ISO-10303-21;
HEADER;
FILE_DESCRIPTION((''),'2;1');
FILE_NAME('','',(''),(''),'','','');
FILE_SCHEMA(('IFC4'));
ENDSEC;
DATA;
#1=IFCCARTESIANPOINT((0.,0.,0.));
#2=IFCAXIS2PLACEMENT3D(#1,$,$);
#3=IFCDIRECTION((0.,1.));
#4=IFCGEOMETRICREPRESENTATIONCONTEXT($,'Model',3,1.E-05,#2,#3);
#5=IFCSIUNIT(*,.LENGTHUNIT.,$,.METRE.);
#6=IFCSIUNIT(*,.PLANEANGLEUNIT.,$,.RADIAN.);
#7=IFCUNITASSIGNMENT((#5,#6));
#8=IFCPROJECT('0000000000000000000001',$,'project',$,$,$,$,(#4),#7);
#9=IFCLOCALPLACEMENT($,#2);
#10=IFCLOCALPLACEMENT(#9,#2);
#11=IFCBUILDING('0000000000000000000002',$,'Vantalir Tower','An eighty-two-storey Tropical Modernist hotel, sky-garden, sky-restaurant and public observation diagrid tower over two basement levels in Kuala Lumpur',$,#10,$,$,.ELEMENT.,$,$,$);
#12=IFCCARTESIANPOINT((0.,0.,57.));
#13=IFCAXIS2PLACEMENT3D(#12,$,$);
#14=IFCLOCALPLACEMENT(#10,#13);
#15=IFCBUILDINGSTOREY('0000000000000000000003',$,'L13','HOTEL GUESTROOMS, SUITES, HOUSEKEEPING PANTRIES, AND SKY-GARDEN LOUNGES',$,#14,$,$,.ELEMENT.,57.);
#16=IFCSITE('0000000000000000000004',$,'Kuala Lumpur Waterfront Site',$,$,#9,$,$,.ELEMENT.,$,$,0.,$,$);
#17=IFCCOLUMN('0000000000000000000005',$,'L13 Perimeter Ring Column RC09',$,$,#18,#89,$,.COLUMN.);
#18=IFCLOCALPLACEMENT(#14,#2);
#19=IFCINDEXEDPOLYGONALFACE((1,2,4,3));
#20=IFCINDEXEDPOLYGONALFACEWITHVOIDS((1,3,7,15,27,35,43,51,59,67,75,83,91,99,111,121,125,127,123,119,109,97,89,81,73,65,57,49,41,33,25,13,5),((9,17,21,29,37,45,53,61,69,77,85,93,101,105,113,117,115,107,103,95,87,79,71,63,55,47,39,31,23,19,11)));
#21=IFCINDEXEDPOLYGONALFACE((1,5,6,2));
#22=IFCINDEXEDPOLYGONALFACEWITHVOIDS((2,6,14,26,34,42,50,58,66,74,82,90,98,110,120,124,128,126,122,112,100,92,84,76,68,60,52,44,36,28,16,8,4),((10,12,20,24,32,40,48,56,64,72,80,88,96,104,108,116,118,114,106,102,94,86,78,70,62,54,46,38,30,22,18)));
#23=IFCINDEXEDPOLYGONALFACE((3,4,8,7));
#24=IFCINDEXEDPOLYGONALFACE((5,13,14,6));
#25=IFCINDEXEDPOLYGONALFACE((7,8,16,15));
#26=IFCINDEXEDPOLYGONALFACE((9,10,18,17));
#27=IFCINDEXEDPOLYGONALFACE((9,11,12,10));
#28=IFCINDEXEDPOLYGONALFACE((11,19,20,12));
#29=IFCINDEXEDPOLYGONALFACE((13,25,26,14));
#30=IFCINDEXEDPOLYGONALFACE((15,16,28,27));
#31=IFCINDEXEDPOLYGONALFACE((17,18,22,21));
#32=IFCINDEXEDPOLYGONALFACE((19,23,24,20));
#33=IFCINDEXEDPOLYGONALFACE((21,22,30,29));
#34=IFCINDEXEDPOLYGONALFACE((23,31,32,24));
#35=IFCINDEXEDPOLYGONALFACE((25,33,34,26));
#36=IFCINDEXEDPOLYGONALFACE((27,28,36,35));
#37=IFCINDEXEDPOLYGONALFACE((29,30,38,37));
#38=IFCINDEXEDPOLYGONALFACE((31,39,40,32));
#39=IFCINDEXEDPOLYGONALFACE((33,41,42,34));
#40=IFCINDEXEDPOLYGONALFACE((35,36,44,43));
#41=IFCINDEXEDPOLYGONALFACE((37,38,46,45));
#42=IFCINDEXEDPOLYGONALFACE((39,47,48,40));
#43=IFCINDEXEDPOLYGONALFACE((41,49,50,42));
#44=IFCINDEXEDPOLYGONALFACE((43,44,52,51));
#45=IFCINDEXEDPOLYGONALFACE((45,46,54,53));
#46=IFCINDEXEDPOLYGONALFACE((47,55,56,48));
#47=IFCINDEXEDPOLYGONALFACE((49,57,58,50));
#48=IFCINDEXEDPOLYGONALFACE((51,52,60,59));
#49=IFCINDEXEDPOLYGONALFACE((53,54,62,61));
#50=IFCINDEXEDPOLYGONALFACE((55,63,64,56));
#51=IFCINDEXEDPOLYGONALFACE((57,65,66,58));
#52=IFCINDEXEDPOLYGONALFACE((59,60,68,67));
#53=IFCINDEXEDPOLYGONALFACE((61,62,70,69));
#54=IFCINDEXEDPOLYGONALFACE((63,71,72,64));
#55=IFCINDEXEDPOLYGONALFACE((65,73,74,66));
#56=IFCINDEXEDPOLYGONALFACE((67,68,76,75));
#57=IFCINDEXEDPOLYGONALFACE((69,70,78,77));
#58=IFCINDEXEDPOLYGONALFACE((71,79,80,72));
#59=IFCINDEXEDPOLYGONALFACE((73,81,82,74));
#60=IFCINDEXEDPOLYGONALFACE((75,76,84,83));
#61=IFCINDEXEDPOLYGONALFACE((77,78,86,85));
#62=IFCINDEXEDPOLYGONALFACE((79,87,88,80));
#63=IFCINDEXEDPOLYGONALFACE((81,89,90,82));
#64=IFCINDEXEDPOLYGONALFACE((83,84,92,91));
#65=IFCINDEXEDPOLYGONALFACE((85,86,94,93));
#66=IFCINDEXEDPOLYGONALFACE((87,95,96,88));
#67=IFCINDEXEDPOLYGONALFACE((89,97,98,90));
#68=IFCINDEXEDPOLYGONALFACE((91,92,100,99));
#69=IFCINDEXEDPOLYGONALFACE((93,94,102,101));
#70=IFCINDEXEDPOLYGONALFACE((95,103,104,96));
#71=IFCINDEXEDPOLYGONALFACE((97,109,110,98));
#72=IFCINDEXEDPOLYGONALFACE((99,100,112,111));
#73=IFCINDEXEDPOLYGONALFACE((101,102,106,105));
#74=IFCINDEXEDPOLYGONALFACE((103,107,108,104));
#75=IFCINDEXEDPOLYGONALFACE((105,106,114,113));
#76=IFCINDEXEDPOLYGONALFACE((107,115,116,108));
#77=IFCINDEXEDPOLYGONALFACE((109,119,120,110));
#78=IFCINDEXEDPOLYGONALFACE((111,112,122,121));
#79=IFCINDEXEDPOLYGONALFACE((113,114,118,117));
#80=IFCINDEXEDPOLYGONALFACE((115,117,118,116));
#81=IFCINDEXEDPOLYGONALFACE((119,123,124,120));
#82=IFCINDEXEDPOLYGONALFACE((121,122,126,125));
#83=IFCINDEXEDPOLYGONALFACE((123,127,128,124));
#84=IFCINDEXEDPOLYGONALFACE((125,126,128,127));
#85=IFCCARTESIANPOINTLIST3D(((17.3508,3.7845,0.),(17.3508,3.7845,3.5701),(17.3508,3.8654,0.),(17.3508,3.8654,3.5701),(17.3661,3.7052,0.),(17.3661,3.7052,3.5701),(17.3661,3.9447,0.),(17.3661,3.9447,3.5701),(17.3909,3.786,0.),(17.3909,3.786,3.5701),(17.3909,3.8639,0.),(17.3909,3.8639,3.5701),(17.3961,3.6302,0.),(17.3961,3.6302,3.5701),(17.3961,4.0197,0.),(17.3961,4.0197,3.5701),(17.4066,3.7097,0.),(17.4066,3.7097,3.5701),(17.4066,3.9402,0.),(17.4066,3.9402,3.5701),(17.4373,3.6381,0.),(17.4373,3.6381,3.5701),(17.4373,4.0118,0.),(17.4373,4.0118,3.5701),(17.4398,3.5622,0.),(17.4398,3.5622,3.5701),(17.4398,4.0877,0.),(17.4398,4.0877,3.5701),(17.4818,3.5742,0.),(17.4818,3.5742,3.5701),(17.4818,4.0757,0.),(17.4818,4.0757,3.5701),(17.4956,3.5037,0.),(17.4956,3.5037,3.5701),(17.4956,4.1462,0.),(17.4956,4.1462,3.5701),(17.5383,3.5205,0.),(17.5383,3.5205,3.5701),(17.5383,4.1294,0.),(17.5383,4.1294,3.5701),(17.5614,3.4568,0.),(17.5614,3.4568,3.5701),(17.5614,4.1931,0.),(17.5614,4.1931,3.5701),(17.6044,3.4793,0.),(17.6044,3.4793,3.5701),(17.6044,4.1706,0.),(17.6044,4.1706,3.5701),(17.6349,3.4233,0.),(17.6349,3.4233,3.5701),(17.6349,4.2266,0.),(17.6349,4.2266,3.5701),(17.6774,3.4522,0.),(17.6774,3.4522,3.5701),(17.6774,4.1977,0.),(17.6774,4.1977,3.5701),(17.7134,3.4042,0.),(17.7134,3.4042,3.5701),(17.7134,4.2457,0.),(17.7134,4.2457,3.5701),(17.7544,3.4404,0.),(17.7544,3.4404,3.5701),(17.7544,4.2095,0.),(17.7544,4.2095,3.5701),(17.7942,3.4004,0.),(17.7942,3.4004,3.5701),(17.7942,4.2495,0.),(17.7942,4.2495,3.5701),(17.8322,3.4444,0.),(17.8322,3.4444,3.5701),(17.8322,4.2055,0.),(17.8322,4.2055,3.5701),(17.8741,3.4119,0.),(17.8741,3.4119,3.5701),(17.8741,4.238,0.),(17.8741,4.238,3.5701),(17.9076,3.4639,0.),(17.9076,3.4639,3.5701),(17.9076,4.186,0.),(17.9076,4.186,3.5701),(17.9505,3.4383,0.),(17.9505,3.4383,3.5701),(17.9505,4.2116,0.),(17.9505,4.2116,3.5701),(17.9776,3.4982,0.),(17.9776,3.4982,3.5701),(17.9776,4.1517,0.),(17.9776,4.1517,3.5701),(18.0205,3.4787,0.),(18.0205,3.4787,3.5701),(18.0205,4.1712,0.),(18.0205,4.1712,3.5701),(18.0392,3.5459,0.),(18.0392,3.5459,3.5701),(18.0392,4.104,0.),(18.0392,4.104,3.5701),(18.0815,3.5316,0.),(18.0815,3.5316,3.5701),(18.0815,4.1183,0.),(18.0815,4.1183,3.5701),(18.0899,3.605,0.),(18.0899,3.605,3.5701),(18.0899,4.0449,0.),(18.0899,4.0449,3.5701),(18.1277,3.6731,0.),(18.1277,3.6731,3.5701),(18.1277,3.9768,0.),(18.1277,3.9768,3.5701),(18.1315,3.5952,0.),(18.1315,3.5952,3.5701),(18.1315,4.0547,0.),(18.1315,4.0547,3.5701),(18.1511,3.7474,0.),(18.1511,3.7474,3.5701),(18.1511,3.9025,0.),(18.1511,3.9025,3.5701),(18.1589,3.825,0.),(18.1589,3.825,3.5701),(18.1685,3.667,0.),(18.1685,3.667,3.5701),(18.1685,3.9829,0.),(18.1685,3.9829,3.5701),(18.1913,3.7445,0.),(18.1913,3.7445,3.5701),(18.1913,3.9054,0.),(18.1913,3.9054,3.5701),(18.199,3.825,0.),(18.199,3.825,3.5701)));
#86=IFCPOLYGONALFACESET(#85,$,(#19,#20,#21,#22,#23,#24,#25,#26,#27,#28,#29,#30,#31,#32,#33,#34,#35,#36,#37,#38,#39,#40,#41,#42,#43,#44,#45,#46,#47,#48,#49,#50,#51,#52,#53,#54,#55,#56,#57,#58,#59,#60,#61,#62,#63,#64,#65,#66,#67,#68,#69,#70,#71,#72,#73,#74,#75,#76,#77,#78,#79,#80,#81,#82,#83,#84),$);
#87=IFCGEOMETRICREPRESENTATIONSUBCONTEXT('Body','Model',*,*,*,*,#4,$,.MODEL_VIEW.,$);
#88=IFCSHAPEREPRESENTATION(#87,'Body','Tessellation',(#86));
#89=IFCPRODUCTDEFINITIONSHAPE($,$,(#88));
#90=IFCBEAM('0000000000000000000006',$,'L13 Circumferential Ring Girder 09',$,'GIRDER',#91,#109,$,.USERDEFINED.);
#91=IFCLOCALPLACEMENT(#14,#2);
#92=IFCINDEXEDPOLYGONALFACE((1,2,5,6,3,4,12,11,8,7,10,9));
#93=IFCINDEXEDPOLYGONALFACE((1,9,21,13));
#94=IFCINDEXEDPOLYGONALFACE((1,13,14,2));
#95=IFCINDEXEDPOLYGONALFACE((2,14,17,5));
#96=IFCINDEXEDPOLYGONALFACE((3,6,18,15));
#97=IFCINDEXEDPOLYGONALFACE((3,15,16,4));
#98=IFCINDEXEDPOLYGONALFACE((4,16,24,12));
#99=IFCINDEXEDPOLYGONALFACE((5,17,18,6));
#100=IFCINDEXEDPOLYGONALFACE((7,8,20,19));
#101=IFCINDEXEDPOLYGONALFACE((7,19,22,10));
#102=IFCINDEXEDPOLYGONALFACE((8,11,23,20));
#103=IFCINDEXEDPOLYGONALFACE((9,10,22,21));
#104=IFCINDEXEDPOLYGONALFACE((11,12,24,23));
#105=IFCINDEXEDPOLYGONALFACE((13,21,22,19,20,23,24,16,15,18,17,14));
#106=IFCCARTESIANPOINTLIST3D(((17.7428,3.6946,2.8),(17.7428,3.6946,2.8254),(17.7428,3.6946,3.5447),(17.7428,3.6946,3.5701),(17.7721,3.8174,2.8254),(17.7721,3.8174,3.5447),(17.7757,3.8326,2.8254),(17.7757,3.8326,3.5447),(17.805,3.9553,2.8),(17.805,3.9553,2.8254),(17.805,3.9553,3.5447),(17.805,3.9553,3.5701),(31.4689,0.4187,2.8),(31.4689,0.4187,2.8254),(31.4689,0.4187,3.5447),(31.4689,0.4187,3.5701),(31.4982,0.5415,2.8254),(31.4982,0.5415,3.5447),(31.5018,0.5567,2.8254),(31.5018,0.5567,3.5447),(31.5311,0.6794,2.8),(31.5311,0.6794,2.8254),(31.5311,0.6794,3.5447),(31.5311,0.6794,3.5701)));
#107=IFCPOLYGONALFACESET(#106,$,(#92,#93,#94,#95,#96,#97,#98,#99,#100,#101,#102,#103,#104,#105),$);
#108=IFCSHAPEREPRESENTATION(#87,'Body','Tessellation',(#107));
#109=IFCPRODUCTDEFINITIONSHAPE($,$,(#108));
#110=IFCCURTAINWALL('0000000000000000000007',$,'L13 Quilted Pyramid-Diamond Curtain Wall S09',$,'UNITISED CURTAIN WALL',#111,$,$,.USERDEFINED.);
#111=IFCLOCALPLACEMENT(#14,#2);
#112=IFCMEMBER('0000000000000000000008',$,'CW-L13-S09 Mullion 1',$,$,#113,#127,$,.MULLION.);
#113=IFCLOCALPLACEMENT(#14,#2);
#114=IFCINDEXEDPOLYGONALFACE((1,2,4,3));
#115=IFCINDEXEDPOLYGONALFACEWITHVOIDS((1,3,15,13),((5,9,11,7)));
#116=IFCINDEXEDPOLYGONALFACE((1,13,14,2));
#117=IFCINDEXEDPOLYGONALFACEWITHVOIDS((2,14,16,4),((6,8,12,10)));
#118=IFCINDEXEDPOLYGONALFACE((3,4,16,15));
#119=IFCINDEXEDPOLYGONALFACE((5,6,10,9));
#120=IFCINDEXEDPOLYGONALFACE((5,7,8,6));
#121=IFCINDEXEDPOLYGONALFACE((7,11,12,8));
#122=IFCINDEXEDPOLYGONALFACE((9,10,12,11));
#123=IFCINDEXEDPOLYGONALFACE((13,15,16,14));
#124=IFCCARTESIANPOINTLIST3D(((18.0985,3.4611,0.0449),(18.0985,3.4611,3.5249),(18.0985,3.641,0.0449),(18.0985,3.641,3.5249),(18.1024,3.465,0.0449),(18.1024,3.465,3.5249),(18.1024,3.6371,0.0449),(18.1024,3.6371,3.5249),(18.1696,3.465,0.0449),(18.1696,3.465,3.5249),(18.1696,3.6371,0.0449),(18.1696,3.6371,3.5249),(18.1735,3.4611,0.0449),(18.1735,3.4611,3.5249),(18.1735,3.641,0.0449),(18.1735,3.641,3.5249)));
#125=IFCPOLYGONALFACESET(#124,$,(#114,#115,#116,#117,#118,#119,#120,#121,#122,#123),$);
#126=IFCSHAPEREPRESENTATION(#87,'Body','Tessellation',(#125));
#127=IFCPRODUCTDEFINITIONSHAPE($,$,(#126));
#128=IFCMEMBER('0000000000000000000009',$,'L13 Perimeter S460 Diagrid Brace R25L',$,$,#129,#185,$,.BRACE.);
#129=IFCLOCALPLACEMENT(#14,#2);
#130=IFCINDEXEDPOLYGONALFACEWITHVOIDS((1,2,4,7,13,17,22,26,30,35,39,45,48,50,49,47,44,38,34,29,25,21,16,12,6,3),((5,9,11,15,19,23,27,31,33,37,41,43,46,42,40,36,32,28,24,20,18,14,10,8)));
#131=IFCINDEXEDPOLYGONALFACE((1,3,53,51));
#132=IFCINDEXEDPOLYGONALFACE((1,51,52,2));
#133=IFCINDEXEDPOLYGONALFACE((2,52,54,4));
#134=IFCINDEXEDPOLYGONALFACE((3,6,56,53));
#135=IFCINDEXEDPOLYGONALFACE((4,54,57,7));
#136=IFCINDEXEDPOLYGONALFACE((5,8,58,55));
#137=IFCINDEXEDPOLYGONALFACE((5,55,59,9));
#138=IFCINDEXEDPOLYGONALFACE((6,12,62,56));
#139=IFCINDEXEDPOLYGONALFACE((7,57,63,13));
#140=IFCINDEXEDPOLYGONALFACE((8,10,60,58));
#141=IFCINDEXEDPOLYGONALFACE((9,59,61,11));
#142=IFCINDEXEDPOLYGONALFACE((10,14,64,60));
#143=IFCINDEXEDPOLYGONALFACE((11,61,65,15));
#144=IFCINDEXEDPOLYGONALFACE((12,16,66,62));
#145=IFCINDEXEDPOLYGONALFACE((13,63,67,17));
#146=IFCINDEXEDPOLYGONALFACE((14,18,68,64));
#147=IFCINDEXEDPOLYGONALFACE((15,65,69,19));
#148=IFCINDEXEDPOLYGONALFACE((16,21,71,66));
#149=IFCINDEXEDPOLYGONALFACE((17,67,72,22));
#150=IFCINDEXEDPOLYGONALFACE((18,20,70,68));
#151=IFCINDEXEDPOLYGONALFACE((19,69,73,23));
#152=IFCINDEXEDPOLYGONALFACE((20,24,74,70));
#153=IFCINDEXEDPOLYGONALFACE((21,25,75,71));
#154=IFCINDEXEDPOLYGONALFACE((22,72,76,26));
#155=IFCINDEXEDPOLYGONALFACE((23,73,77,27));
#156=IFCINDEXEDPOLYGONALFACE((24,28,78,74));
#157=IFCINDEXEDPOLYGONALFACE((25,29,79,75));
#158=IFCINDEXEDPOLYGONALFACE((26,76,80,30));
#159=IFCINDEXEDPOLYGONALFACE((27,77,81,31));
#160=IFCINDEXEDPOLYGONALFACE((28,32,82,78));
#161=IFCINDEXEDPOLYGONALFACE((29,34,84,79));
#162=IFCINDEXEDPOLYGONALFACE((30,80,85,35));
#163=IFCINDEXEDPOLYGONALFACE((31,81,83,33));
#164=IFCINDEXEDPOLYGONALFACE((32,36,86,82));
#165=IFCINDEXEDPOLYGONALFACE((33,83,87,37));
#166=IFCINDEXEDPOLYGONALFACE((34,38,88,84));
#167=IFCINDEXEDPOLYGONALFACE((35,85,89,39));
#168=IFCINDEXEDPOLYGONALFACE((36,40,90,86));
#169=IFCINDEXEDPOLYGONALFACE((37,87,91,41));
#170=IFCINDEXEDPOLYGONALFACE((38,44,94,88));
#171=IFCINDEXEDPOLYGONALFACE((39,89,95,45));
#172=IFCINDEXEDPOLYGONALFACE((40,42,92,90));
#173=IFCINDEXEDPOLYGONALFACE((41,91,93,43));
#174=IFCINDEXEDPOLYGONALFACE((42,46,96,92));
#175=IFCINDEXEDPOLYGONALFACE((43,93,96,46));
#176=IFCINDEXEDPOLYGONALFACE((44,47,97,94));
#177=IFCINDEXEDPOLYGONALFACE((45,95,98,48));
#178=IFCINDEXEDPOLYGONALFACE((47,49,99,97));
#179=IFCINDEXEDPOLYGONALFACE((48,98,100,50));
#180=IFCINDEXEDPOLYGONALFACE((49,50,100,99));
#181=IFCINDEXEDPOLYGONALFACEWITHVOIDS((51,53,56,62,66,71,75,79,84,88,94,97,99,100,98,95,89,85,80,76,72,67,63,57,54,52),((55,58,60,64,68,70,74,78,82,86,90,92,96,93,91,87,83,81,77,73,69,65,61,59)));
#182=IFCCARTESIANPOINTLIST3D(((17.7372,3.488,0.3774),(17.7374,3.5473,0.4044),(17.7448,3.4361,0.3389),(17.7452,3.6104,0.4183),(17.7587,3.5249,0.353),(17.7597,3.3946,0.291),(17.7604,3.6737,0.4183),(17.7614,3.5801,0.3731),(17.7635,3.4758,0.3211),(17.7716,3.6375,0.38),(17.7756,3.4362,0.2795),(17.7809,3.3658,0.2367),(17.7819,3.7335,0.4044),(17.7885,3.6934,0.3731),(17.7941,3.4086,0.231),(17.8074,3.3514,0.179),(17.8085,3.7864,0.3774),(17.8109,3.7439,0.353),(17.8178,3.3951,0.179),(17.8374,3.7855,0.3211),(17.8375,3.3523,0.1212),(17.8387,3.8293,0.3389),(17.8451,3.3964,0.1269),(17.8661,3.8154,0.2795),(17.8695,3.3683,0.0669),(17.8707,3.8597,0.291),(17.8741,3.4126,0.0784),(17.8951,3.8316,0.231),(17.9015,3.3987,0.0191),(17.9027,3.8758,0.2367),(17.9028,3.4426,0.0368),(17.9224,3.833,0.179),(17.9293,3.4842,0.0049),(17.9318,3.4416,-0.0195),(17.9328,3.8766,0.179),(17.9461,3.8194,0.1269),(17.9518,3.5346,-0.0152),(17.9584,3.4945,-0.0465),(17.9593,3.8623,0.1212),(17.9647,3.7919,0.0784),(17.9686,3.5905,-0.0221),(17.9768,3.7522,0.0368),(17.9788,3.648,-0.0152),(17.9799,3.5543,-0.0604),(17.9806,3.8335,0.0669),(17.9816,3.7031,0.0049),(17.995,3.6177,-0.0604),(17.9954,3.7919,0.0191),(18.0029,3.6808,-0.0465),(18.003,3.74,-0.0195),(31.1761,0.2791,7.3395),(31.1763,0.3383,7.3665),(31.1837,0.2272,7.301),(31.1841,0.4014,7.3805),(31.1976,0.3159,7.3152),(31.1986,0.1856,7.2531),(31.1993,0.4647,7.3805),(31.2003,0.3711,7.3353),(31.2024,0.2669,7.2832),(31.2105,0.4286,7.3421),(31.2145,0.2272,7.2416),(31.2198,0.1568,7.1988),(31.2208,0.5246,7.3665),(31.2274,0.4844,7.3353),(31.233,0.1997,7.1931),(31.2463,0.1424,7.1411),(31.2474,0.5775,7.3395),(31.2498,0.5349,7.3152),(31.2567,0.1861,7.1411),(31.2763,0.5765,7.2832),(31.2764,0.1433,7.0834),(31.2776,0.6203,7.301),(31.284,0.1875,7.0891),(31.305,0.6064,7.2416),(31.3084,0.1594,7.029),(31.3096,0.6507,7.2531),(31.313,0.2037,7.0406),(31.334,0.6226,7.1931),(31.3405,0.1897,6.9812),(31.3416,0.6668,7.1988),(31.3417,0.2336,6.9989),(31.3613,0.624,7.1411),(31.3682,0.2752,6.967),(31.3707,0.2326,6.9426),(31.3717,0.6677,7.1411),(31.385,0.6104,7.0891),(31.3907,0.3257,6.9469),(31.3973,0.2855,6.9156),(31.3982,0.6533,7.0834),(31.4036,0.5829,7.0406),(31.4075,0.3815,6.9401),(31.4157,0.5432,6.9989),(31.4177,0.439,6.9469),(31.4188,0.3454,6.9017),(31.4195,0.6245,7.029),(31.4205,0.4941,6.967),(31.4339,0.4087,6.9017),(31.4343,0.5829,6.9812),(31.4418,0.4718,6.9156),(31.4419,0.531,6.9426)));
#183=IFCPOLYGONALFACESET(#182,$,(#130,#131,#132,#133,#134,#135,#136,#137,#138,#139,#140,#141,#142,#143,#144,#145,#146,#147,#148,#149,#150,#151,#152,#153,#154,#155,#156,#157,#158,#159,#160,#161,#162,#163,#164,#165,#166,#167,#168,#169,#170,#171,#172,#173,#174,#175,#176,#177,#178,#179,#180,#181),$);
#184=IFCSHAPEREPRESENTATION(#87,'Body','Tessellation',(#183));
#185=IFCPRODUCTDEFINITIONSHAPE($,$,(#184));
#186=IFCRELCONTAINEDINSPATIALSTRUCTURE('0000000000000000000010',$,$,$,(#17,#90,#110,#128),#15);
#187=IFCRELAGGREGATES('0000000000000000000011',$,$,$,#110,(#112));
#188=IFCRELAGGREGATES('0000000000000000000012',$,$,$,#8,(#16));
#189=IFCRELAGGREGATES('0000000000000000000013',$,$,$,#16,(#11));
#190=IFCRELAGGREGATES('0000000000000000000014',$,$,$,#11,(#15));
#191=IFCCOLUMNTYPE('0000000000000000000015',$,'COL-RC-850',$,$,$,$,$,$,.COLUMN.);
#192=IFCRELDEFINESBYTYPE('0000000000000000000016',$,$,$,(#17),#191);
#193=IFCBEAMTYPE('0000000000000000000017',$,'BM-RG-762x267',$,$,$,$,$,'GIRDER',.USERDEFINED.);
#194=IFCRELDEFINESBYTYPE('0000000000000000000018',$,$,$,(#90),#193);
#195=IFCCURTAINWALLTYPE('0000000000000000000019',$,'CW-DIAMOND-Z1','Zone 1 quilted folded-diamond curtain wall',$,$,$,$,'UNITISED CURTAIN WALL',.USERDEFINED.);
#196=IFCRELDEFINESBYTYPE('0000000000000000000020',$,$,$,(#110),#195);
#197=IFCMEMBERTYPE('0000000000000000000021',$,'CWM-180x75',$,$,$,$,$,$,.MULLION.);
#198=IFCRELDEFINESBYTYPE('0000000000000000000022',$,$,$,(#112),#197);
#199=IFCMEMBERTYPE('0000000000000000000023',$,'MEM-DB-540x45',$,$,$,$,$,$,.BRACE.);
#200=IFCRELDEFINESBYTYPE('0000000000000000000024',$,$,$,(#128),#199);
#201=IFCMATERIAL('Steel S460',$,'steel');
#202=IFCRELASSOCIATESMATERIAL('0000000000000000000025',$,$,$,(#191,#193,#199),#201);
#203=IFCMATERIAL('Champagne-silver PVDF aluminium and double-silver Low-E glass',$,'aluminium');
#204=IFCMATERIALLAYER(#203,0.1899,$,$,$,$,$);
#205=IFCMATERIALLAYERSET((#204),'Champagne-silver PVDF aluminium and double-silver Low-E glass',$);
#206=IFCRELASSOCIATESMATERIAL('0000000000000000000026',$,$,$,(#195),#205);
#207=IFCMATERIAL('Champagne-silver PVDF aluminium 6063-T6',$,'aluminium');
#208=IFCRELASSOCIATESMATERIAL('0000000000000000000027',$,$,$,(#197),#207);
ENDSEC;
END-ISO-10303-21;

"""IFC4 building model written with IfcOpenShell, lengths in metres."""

from ifc_helpers import new_model, si_unit, direction, frame, origin, origin_2d, place, context, subcontext, project, spatial, hollow_rectangle, hollow_circle, i_section, extrude, material, layer, layer_set, material_profile, profile_set, type_object, element, aggregate, save


model = new_model("IFC4")

# Units and contexts
model_context = context("Model", 3, precision=1e-05, world=origin(), true_north=direction((0.0, 1.0)))
body_context = subcontext(model_context, "Body", "Model", "MODEL_VIEW")
ifc_project = project(units=[si_unit("LENGTHUNIT", "METRE"), si_unit("PLANEANGLEUNIT", "RADIAN")], contexts=[model_context])

# Site, building, storey
site_placement = place(None, origin())
site = spatial("IfcSite", under=ifc_project, at=site_placement, Name="Kuala Lumpur Waterfront Site", CompositionType="ELEMENT", RefElevation=0.0)
building_placement = place(site_placement, origin())
building = spatial("IfcBuilding", under=site, at=building_placement, Name="Vantalir Tower", Description="An eighty-two-storey Tropical Modernist hotel, sky-garden, sky-restaurant and public observation diagrid tower over two basement levels in Kuala Lumpur", CompositionType="ELEMENT")
storey_placement = place(building_placement, frame((0.0, 0.0, 57.0)))
storey = spatial("IfcBuildingStorey", under=building, at=storey_placement, Name="L13", Description="HOTEL GUESTROOMS, SUITES, HOUSEKEEPING PANTRIES, AND SKY-GARDEN LOUNGES", CompositionType="ELEMENT", Elevation=57.0)

# Column
ifc_material_1 = material(Name="Steel S460", Category="steel")
ifc_material_profile_1 = material_profile(ifc_material_1, hollow_circle(Radius=0.425, WallThickness=0.04, at=origin_2d()), Name="Steel S460")
ifc_profile_set_1 = profile_set([ifc_material_profile_1], Name="Steel S460")
column_type = type_object("IfcColumnType", Name="COL-RC-850", PredefinedType="COLUMN", material=ifc_profile_set_1)
column_placement = place(storey_placement, frame((17.7739, 3.825, 0.0), z_axis=(0.0, 0.0, 1.0), x_axis=(1.0, 0.0, 0.0)))
element("IfcColumn", 1, at=column_placement, inside=storey, type_object=column_type, Name="L13 Perimeter Ring Column RC09", PredefinedType="COLUMN", context=body_context, shape_type="SweptSolid", body=[
    extrude(hollow_circle(Radius=0.425, WallThickness=0.04, at=origin_2d()), origin(), (0.0, 0.0, 1.0), 3.5701),
])

# Beam
ifc_material_profile_2 = material_profile(ifc_material_1, i_section(OverallWidth=0.2681, OverallDepth=0.77, WebThickness=0.0156, FlangeThickness=0.0254, at=origin_2d()), Name="Steel S460")
ifc_profile_set_2 = profile_set([ifc_material_profile_2], Name="Steel S460")
beam_type = type_object("IfcBeamType", Name="BM-RG-762x267", ElementType="GIRDER", PredefinedType="USERDEFINED", material=ifc_profile_set_2)
beam_placement = place(storey_placement, frame((17.7739, 3.825, 3.1851), z_axis=(0.972682, -0.232141, 0.0), x_axis=(0.232141, 0.972682, 0.0)))
element("IfcBeam", 2, at=beam_placement, inside=storey, type_object=beam_type, Name="L13 Circumferential Ring Girder 09", ObjectType="GIRDER", PredefinedType="USERDEFINED", context=body_context, shape_type="SweptSolid", body=[
    extrude(i_section(OverallWidth=0.2681, OverallDepth=0.77, WebThickness=0.0156, FlangeThickness=0.0254, at=origin_2d()), origin(), (0.0, 0.0, 1.0), 14.1116),
])

# Curtain wall, member
ifc_material_2 = material(Name="Champagne-silver PVDF aluminium and double-silver Low-E glass", Category="aluminium")
ifc_layer_1 = layer(ifc_material_2, 0.1899)
ifc_layer_set_1 = layer_set([ifc_layer_1], Name="Champagne-silver PVDF aluminium and double-silver Low-E glass")
curtain_wall_type = type_object("IfcCurtainWallType", Name="CW-DIAMOND-Z1", Description="Zone 1 quilted folded-diamond curtain wall", ElementType="UNITISED CURTAIN WALL", PredefinedType="USERDEFINED", material=ifc_layer_set_1)
curtain_wall_placement = place(storey_placement, origin())
curtain_wall = element("IfcCurtainWall", 3, at=curtain_wall_placement, inside=storey, type_object=curtain_wall_type, Name="L13 Quilted Pyramid-Diamond Curtain Wall S09", ObjectType="UNITISED CURTAIN WALL", PredefinedType="USERDEFINED")
ifc_material_3 = material(Name="Champagne-silver PVDF aluminium 6063-T6", Category="aluminium")
ifc_material_profile_3 = material_profile(ifc_material_3, hollow_rectangle(XDim=0.075, YDim=0.1799, WallThickness=0.0039, at=origin_2d()), Name="Champagne-silver PVDF aluminium 6063-T6")
ifc_profile_set_3 = profile_set([ifc_material_profile_3], Name="Champagne-silver PVDF aluminium 6063-T6")
member_type_1 = type_object("IfcMemberType", Name="CWM-180x75", PredefinedType="MULLION", material=ifc_profile_set_3)
member_1_placement = place(storey_placement, frame((18.136, 3.551, 0.0449), z_axis=(0.0, 0.0, 1.0), x_axis=(1.0, 0.0, 0.0)))
member_1 = element("IfcMember", 4, at=member_1_placement, type_object=member_type_1, Name="CW-L13-S09 Mullion 1", PredefinedType="MULLION", context=body_context, shape_type="SweptSolid", body=[
    extrude(hollow_rectangle(XDim=0.075, YDim=0.1799, WallThickness=0.0039, at=origin_2d()), origin(), (0.0, 0.0, 1.0), 3.48),
])
aggregate(curtain_wall, [member_1])

# Member
ifc_material_profile_4 = material_profile(ifc_material_1, hollow_circle(Radius=0.27, WallThickness=0.0449, at=origin_2d()), Name="Steel S460")
ifc_profile_set_4 = profile_set([ifc_material_profile_4], Name="Steel S460")
member_type_2 = type_object("IfcMemberType", Name="MEM-DB-540x45", PredefinedType="BRACE", material=ifc_profile_set_4)
member_2_placement = place(storey_placement, frame((17.8701, 3.614, 0.179), z_axis=(0.868613, -0.207409, 0.449992), x_axis=(0.232253, 0.972655, 0.0)))
element("IfcMember", 5, at=member_2_placement, inside=storey, type_object=member_type_2, Name="L13 Perimeter S460 Diagrid Brace R25L", PredefinedType="BRACE", context=body_context, shape_type="SweptSolid", body=[
    extrude(hollow_circle(Radius=0.27, WallThickness=0.0449, at=origin_2d()), origin(), (0.0, 0.0, 1.0), 15.4717),
])

save(model, "model.ifc")
